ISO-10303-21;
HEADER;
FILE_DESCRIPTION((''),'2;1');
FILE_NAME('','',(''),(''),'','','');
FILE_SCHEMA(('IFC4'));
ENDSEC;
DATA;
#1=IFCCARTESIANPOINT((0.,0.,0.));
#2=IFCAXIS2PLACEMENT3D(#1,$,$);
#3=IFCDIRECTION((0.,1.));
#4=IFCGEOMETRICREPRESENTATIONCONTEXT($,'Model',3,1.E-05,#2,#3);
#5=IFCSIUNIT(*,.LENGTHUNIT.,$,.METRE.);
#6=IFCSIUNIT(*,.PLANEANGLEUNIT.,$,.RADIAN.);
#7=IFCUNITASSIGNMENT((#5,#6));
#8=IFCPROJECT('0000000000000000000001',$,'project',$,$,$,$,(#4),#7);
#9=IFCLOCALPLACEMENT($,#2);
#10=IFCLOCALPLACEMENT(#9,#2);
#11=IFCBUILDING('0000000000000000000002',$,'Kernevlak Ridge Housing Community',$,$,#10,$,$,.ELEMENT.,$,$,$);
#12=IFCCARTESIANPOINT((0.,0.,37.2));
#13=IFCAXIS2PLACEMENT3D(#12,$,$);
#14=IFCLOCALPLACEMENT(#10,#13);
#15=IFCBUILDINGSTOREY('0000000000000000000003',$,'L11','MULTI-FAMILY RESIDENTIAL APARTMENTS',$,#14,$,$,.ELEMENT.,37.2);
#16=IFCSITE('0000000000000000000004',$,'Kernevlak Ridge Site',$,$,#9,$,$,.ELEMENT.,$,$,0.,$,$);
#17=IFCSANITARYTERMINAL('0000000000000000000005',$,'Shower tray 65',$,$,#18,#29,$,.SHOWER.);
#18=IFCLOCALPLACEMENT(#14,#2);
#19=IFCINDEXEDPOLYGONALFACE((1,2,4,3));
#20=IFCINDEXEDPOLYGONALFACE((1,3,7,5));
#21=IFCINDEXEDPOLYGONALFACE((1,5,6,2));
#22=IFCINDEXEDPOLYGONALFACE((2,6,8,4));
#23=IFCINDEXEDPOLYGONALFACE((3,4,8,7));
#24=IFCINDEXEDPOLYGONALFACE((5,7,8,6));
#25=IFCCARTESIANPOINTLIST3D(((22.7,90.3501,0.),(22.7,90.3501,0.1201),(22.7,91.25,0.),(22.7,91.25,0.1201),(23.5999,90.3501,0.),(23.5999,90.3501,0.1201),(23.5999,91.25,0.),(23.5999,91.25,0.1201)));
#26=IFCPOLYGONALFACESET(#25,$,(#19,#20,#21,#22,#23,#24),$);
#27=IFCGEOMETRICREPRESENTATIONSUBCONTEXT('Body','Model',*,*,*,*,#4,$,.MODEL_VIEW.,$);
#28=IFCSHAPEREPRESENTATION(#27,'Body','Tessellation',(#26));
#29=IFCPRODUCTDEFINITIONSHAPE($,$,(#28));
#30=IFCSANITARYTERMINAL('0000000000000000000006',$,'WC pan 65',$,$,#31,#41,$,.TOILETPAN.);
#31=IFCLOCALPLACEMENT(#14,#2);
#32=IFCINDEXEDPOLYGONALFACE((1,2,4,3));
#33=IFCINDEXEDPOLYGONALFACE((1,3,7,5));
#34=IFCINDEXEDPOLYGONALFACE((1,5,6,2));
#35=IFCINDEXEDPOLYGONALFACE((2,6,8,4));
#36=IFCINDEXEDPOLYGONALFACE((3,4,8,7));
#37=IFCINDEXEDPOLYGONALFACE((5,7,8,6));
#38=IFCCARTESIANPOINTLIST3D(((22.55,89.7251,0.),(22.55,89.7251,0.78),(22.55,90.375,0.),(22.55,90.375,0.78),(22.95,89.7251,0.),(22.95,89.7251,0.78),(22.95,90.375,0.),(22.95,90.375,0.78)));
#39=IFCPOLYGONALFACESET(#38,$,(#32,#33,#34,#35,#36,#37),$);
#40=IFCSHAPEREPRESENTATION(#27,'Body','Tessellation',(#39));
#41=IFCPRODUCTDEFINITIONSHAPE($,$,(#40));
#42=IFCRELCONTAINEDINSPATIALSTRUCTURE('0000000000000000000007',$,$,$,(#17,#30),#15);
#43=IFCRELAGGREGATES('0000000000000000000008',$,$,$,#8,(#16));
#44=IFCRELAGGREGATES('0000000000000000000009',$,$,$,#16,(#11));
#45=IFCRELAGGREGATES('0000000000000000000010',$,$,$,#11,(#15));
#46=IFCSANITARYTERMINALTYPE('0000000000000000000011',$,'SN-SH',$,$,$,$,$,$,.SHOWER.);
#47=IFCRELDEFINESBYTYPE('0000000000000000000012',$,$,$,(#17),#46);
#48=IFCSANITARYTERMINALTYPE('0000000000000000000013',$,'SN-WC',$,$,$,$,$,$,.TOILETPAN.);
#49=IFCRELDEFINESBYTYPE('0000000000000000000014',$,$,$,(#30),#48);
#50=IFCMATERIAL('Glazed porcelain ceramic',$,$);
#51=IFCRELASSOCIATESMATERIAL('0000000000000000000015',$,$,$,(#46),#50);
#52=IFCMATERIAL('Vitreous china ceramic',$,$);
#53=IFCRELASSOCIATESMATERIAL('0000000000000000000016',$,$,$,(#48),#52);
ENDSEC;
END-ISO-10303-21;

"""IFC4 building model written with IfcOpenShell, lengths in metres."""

from ifc_helpers import new_model, si_unit, direction, frame, origin, origin_2d, place, context, subcontext, project, spatial, rectangle, extrude, material, type_object, element, save


model = new_model("IFC4")

# Units and contexts
model_context = context("Model", 3, precision=1e-05, world=origin(), true_north=direction((0.0, 1.0)))
body_context = subcontext(model_context, "Body", "Model", "MODEL_VIEW")
ifc_project = project(units=[si_unit("LENGTHUNIT", "METRE"), si_unit("PLANEANGLEUNIT", "RADIAN")], contexts=[model_context])

# Site, building, storey
site_placement = place(None, origin())
site = spatial("IfcSite", under=ifc_project, at=site_placement, Name="Kernevlak Ridge Site", CompositionType="ELEMENT", RefElevation=0.0)
building_placement = place(site_placement, origin())
building = spatial("IfcBuilding", under=site, at=building_placement, Name="Kernevlak Ridge Housing Community", CompositionType="ELEMENT")
storey_placement = place(building_placement, frame((0.0, 0.0, 37.2)))
storey = spatial("IfcBuildingStorey", under=building, at=storey_placement, Name="L11", Description="MULTI-FAMILY RESIDENTIAL APARTMENTS", CompositionType="ELEMENT", Elevation=37.2)

# Sanitary terminals
ifc_material_1 = material(Name="Vitreous china ceramic")
ifc_material_2 = material(Name="Glazed porcelain ceramic")
sanitary_terminal_type_1 = type_object("IfcSanitaryTerminalType", Name="SN-SH", PredefinedType="SHOWER", material=ifc_material_2)
sanitary_terminal_1_placement = place(storey_placement, frame((23.1499, 90.8, 0.0), z_axis=(0.0, 0.0, 1.0), x_axis=(1.0, 0.0, 0.0)))
element("IfcSanitaryTerminal", 1, at=sanitary_terminal_1_placement, inside=storey, type_object=sanitary_terminal_type_1, Name="Shower tray 65", PredefinedType="SHOWER", context=body_context, shape_type="SweptSolid", body=[
    extrude(rectangle(XDim=0.8999, YDim=0.8999, at=origin_2d()), origin(), (0.0, 0.0, 1.0), 0.1201),
])
sanitary_terminal_type_2 = type_object("IfcSanitaryTerminalType", Name="SN-WC", PredefinedType="TOILETPAN", material=ifc_material_1)
sanitary_terminal_2_placement = place(storey_placement, frame((22.75, 90.05, 0.0), z_axis=(0.0, 0.0, 1.0), x_axis=(1.0, 0.0, 0.0)))
element("IfcSanitaryTerminal", 2, at=sanitary_terminal_2_placement, inside=storey, type_object=sanitary_terminal_type_2, Name="WC pan 65", PredefinedType="TOILETPAN", context=body_context, shape_type="SweptSolid", body=[
    extrude(rectangle(XDim=0.3999, YDim=0.6499, at=origin_2d()), origin(), (0.0, 0.0, 1.0), 0.78),
])

save(model, "model.ifc")
